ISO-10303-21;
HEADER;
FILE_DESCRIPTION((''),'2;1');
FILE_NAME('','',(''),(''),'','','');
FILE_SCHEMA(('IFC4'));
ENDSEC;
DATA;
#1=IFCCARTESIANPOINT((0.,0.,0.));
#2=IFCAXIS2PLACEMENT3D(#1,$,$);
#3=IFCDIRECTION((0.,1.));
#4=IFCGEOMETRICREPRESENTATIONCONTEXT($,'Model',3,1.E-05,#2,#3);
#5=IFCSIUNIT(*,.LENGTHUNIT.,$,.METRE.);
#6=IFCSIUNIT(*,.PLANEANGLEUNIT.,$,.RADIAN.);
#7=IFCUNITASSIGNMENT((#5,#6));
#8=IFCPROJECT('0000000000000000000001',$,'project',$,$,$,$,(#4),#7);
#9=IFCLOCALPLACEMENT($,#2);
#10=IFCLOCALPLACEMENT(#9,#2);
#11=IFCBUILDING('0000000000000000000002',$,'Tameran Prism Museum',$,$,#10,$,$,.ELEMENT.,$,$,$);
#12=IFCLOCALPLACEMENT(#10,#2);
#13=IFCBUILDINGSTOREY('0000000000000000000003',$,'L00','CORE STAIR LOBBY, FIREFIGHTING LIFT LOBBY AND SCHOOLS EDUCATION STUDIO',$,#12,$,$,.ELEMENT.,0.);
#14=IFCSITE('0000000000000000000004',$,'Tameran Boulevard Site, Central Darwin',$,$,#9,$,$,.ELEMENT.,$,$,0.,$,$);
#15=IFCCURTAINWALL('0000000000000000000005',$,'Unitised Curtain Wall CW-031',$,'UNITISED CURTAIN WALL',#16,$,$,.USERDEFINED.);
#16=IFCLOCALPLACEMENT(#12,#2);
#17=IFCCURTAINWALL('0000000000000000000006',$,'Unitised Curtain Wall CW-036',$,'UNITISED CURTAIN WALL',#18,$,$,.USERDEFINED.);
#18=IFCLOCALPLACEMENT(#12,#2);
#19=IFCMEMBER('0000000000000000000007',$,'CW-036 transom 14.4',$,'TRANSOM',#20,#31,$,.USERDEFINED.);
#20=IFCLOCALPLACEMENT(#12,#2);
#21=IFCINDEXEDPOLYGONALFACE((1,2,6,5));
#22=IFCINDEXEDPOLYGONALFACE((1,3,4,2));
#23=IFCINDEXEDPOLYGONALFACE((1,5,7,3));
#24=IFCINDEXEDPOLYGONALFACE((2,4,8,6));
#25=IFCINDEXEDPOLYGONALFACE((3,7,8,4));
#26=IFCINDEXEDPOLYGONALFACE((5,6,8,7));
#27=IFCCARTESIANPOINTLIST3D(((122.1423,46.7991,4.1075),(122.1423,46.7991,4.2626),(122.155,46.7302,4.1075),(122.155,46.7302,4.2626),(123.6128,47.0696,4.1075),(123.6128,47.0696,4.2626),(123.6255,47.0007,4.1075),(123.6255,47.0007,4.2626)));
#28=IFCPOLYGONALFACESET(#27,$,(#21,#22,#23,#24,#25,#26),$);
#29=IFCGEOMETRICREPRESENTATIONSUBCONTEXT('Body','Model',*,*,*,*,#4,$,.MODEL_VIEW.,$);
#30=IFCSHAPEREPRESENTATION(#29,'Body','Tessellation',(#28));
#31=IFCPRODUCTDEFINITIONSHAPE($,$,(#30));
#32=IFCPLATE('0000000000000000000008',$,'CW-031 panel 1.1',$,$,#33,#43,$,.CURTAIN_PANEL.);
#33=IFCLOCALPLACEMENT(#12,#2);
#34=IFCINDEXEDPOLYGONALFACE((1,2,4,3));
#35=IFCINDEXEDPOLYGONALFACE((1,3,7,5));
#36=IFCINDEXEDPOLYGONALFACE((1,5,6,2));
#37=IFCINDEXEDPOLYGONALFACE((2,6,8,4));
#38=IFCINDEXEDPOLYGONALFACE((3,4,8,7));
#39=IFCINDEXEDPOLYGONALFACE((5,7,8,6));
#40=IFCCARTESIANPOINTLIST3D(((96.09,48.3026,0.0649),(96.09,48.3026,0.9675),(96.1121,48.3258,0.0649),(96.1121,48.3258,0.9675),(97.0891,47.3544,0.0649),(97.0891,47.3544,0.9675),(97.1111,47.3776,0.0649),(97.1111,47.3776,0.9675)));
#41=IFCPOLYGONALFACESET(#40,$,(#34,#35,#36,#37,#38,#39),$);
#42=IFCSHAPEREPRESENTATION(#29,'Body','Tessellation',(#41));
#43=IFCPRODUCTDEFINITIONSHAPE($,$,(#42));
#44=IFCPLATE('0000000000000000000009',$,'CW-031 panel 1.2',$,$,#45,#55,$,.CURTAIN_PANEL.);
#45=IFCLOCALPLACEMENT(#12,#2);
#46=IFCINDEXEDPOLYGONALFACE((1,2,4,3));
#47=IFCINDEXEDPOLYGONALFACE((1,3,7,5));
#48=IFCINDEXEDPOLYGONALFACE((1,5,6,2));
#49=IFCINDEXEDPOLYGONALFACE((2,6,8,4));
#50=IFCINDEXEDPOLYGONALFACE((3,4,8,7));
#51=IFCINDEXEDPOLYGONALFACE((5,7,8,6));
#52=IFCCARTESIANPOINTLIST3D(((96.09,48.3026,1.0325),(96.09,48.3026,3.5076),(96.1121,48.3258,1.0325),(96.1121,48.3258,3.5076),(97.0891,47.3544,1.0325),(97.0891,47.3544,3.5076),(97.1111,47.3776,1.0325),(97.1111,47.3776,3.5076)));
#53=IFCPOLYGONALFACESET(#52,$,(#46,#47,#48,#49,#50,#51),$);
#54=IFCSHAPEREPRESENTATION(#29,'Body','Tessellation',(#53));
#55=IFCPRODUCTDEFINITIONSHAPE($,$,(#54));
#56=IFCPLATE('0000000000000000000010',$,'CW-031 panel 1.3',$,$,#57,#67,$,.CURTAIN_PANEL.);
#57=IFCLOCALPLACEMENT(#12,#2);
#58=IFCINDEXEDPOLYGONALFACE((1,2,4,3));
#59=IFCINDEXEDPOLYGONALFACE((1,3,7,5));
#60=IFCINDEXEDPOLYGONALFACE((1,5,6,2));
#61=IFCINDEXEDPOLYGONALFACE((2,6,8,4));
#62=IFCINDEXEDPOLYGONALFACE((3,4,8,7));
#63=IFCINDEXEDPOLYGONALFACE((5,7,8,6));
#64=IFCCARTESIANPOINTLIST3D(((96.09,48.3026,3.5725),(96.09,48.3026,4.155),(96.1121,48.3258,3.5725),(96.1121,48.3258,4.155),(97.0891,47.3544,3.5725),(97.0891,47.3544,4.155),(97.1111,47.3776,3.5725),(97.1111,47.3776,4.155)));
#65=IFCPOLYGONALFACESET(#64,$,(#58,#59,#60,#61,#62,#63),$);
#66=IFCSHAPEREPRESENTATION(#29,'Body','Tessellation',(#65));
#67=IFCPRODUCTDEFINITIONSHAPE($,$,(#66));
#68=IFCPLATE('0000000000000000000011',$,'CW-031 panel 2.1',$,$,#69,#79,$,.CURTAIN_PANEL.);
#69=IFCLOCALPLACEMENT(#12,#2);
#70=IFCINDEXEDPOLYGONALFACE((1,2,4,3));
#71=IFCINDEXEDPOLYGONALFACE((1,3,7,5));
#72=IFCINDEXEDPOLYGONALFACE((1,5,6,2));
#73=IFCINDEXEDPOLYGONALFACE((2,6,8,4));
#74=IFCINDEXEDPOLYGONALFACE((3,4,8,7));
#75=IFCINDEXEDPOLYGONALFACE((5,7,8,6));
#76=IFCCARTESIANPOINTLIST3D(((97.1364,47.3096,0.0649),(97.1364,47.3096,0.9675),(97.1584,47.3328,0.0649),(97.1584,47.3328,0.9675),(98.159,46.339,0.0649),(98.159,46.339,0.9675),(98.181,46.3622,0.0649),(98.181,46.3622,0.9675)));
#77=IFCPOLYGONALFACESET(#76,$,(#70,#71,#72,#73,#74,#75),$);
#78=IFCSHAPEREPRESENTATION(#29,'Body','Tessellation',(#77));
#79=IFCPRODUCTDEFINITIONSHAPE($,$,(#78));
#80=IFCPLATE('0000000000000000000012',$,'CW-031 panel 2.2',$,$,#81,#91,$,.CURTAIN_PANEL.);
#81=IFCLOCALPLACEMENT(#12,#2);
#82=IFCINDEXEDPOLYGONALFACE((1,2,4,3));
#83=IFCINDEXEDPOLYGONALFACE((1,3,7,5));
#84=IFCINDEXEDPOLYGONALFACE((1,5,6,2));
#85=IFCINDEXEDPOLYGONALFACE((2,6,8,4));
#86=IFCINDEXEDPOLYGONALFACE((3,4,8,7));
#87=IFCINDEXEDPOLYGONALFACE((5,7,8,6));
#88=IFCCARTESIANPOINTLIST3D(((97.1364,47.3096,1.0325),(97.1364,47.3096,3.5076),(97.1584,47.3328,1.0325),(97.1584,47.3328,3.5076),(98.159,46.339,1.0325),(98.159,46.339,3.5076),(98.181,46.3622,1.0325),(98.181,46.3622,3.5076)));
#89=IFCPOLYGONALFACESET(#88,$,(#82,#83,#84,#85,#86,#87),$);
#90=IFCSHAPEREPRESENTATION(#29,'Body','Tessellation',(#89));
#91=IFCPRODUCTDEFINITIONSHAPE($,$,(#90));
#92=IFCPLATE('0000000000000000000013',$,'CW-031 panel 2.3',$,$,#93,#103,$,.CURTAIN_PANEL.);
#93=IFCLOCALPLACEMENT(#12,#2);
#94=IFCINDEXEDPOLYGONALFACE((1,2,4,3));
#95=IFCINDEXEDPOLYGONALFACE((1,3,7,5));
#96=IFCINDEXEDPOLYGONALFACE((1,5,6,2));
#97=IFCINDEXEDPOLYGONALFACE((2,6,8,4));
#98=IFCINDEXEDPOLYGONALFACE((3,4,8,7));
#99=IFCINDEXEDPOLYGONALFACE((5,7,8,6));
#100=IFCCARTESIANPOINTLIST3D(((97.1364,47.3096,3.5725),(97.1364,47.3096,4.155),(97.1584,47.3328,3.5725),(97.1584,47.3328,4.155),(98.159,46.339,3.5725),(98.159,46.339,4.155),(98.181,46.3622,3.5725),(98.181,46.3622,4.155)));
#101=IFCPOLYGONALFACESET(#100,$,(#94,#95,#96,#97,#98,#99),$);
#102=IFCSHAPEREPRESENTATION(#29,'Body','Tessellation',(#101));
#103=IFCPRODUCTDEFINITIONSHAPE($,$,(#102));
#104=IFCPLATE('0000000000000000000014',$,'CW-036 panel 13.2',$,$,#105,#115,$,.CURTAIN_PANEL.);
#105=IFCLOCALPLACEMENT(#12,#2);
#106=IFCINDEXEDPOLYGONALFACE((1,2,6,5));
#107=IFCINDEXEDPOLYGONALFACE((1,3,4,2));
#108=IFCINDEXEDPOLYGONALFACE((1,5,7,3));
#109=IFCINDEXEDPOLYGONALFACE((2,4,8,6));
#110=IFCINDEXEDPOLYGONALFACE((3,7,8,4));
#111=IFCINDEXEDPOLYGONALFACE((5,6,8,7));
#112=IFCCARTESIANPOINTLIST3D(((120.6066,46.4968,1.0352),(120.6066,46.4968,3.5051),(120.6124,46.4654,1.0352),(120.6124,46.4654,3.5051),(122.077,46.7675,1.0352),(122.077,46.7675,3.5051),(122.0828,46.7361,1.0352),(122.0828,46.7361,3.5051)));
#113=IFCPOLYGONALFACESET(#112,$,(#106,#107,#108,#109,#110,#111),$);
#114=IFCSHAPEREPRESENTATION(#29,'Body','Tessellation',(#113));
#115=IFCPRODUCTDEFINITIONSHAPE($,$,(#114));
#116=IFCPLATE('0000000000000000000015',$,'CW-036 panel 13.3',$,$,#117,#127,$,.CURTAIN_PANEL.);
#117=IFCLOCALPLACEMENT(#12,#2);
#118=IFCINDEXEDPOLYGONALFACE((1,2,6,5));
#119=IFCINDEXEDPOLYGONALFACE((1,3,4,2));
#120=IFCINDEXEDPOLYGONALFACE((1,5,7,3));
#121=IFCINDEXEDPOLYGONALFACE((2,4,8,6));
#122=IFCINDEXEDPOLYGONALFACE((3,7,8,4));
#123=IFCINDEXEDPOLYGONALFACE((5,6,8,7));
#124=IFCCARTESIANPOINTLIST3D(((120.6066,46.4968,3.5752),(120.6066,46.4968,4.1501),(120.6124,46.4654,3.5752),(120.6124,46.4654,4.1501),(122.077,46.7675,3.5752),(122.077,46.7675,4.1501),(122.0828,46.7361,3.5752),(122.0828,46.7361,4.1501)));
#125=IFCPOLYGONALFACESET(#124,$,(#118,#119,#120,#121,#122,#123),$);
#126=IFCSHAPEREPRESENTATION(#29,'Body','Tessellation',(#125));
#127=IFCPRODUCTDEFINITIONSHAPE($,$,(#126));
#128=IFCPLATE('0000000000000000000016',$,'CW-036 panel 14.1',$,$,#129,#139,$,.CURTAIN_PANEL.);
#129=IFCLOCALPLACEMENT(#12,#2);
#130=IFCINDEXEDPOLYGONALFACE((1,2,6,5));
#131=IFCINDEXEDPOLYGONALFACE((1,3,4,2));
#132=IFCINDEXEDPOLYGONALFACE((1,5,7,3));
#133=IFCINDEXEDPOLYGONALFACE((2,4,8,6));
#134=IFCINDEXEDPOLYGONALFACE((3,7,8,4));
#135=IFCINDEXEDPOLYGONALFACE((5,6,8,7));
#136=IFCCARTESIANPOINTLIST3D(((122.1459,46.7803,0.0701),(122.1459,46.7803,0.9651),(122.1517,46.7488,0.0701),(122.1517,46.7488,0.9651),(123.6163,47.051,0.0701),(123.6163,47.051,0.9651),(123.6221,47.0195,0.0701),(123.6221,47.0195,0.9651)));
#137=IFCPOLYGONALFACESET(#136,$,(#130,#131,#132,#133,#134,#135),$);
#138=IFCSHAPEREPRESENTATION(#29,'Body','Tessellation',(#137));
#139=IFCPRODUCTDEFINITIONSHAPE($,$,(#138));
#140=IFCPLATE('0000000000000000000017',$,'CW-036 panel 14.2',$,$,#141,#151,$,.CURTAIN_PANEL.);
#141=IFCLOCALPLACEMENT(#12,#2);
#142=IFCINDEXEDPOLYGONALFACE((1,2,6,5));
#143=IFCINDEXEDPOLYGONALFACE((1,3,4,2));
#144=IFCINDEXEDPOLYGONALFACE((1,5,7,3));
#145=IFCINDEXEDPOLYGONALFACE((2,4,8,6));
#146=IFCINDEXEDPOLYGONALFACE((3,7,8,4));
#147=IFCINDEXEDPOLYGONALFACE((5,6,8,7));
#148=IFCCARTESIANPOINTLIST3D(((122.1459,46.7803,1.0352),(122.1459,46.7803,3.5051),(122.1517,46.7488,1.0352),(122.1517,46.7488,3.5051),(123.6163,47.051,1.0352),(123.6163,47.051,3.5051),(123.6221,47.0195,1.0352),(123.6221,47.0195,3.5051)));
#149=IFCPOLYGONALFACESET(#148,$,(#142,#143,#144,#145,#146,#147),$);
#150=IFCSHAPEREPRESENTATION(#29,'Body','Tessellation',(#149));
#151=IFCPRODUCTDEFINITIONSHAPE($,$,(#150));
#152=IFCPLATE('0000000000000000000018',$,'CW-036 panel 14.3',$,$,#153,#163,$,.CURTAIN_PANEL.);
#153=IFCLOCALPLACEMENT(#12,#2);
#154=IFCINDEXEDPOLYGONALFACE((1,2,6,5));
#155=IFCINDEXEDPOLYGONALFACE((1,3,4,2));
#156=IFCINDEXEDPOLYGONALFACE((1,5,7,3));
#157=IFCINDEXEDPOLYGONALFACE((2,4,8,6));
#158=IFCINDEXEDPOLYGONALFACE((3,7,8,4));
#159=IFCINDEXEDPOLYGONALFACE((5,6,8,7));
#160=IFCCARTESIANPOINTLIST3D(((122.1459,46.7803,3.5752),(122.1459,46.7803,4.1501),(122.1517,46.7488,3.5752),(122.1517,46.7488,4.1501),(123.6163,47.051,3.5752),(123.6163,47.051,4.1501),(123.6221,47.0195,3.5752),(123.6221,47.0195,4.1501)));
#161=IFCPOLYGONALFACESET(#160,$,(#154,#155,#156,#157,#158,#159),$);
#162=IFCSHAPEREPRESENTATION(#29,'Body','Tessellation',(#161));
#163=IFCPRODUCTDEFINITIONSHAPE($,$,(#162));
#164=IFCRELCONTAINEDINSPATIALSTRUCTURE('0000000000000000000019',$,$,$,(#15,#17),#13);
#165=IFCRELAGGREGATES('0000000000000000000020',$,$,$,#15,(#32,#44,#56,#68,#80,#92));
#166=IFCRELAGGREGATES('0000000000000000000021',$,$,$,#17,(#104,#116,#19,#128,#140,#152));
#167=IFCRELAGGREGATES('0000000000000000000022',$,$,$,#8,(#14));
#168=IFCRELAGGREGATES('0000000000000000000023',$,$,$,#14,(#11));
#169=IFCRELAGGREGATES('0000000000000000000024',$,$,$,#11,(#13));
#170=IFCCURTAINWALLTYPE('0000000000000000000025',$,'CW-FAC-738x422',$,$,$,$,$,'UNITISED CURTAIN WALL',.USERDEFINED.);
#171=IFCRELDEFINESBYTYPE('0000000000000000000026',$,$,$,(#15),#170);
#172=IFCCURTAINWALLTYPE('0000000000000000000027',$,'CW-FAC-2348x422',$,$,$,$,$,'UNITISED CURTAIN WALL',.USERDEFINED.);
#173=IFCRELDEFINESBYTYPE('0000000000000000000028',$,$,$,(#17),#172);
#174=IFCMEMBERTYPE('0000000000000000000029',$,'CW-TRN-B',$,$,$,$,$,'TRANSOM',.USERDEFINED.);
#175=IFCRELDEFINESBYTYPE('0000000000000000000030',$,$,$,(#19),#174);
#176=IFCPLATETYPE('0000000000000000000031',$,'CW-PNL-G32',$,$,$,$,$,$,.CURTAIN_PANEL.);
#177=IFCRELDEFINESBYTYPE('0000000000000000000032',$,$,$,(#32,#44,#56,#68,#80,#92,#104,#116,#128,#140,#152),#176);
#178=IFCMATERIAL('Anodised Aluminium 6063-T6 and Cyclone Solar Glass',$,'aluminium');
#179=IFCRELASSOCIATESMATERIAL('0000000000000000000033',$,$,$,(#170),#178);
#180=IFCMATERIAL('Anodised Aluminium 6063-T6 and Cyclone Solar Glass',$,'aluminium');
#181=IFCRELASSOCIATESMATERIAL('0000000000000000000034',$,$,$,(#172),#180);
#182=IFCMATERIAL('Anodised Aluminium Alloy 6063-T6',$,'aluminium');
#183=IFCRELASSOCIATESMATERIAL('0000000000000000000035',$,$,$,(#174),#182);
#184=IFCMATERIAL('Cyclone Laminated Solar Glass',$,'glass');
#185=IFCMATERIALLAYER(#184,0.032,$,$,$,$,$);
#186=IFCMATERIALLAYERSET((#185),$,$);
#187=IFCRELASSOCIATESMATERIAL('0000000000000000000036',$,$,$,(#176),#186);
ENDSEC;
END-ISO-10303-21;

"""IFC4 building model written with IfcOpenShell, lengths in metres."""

from ifc_helpers import new_model, si_unit, direction, frame, origin, origin_2d, place, context, subcontext, project, spatial, rectangle, extrude, material, layer, layer_set, material_profile, profile_set, type_object, element, aggregate, save


model = new_model("IFC4")

# Units and contexts
model_context = context("Model", 3, precision=1e-05, world=origin(), true_north=direction((0.0, 1.0)))
body_context = subcontext(model_context, "Body", "Model", "MODEL_VIEW")
ifc_project = project(units=[si_unit("LENGTHUNIT", "METRE"), si_unit("PLANEANGLEUNIT", "RADIAN")], contexts=[model_context])

# Site, building, storey
site_placement = place(None, origin())
site = spatial("IfcSite", under=ifc_project, at=site_placement, Name="Tameran Boulevard Site, Central Darwin", CompositionType="ELEMENT", RefElevation=0.0)
building_placement = place(site_placement, origin())
building = spatial("IfcBuilding", under=site, at=building_placement, Name="Tameran Prism Museum", CompositionType="ELEMENT")
storey_placement = place(building_placement, origin())
storey = spatial("IfcBuildingStorey", under=building, at=storey_placement, Name="L00", Description="CORE STAIR LOBBY, FIREFIGHTING LIFT LOBBY AND SCHOOLS EDUCATION STUDIO", CompositionType="ELEMENT", Elevation=0.0)

# Curtain wall
ifc_material_1 = material(Name="Anodised Aluminium 6063-T6 and Cyclone Solar Glass", Category="aluminium")
curtain_wall_type_1 = type_object("IfcCurtainWallType", Name="CW-FAC-738x422", ElementType="UNITISED CURTAIN WALL", PredefinedType="USERDEFINED", material=ifc_material_1)
curtain_wall_1_placement = place(storey_placement, origin())
curtain_wall_1 = element("IfcCurtainWall", 1, at=curtain_wall_1_placement, inside=storey, type_object=curtain_wall_type_1, Name="Unitised Curtain Wall CW-031", ObjectType="UNITISED CURTAIN WALL", PredefinedType="USERDEFINED")

# Curtain wall
ifc_material_2 = material(Name="Anodised Aluminium 6063-T6 and Cyclone Solar Glass", Category="aluminium")
curtain_wall_type_2 = type_object("IfcCurtainWallType", Name="CW-FAC-2348x422", ElementType="UNITISED CURTAIN WALL", PredefinedType="USERDEFINED", material=ifc_material_2)
curtain_wall_2_placement = place(storey_placement, origin())
curtain_wall_2 = element("IfcCurtainWall", 2, at=curtain_wall_2_placement, inside=storey, type_object=curtain_wall_type_2, Name="Unitised Curtain Wall CW-036", ObjectType="UNITISED CURTAIN WALL", PredefinedType="USERDEFINED")

# Member
ifc_material_3 = material(Name="Anodised Aluminium Alloy 6063-T6", Category="aluminium")
ifc_material_profile_1 = material_profile(ifc_material_3, rectangle(XDim=0.0701, YDim=0.155, at=origin_2d()))
ifc_profile_set_1 = profile_set([ifc_material_profile_1])
member_type_1 = type_object("IfcMemberType", Name="CW-TRN-B", ElementType="TRANSOM", PredefinedType="USERDEFINED", material=ifc_profile_set_1)
member_1_placement = place(storey_placement, frame((122.1487, 46.7646, 4.1851), z_axis=(0.983497, 0.180926, 0.0), x_axis=(-0.180926, 0.983497, 0.0)))
member_1 = element("IfcMember", 3, at=member_1_placement, type_object=member_type_1, Name="CW-036 transom 14.4", ObjectType="TRANSOM", PredefinedType="USERDEFINED", context=body_context, shape_type="SweptSolid", body=[
    extrude(rectangle(XDim=0.0701, YDim=0.155, at=origin_2d()), origin(), (0.0, 0.0, 1.0), 1.4951),
])

# Plates
ifc_material_4 = material(Name="Cyclone Laminated Solar Glass", Category="glass")
ifc_layer = layer(ifc_material_4, 0.032)
ifc_layer_set = layer_set([ifc_layer])
plate_type = type_object("IfcPlateType", Name="CW-PNL-G32", PredefinedType="CURTAIN_PANEL", material=ifc_layer_set)
plate_1_placement = place(storey_placement, frame((96.6006, 47.8401, 0.0649), z_axis=(0.0, 0.0, 1.0), x_axis=(0.725307, -0.688425, 0.0)))
plate_1 = element("IfcPlate", 4, at=plate_1_placement, type_object=plate_type, Name="CW-031 panel 1.1", PredefinedType="CURTAIN_PANEL", context=body_context, shape_type="SweptSolid", body=[
    extrude(rectangle(XDim=1.3774, YDim=0.032, at=origin_2d()), origin(), (0.0, 0.0, 1.0), 0.9026),
])
plate_2_placement = place(storey_placement, frame((96.6006, 47.8401, 1.0325), z_axis=(0.0, 0.0, 1.0), x_axis=(0.725307, -0.688425, 0.0)))
plate_2 = element("IfcPlate", 5, at=plate_2_placement, type_object=plate_type, Name="CW-031 panel 1.2", PredefinedType="CURTAIN_PANEL", context=body_context, shape_type="SweptSolid", body=[
    extrude(rectangle(XDim=1.3774, YDim=0.032, at=origin_2d()), origin(), (0.0, 0.0, 1.0), 2.4751),
])
plate_3_placement = place(storey_placement, frame((96.6006, 47.8401, 3.5725), z_axis=(0.0, 0.0, 1.0), x_axis=(0.725307, -0.688425, 0.0)))
plate_3 = element("IfcPlate", 6, at=plate_3_placement, type_object=plate_type, Name="CW-031 panel 1.3", PredefinedType="CURTAIN_PANEL", context=body_context, shape_type="SweptSolid", body=[
    extrude(rectangle(XDim=1.3774, YDim=0.032, at=origin_2d()), origin(), (0.0, 0.0, 1.0), 0.5825),
])
plate_4_placement = place(storey_placement, frame((97.6587, 46.8359, 0.0649), z_axis=(0.0, 0.0, 1.0), x_axis=(0.725307, -0.688425, 0.0)))
plate_4 = element("IfcPlate", 7, at=plate_4_placement, type_object=plate_type, Name="CW-031 panel 2.1", PredefinedType="CURTAIN_PANEL", context=body_context, shape_type="SweptSolid", body=[
    extrude(rectangle(XDim=1.4099, YDim=0.032, at=origin_2d()), origin(), (0.0, 0.0, 1.0), 0.9026),
])
plate_5_placement = place(storey_placement, frame((97.6587, 46.8359, 1.0325), z_axis=(0.0, 0.0, 1.0), x_axis=(0.725307, -0.688425, 0.0)))
plate_5 = element("IfcPlate", 8, at=plate_5_placement, type_object=plate_type, Name="CW-031 panel 2.2", PredefinedType="CURTAIN_PANEL", context=body_context, shape_type="SweptSolid", body=[
    extrude(rectangle(XDim=1.4099, YDim=0.032, at=origin_2d()), origin(), (0.0, 0.0, 1.0), 2.4751),
])
plate_6_placement = place(storey_placement, frame((97.6587, 46.8359, 3.5725), z_axis=(0.0, 0.0, 1.0), x_axis=(0.725307, -0.688425, 0.0)))
plate_6 = element("IfcPlate", 9, at=plate_6_placement, type_object=plate_type, Name="CW-031 panel 2.3", PredefinedType="CURTAIN_PANEL", context=body_context, shape_type="SweptSolid", body=[
    extrude(rectangle(XDim=1.4099, YDim=0.032, at=origin_2d()), origin(), (0.0, 0.0, 1.0), 0.5825),
])
aggregate(curtain_wall_1, [plate_1, plate_2, plate_3, plate_4, plate_5, plate_6])
plate_7_placement = place(storey_placement, frame((121.3447, 46.6165, 1.0352), z_axis=(0.0, 0.0, 1.0), x_axis=(0.983472, 0.181063, 0.0)))
plate_7 = element("IfcPlate", 10, at=plate_7_placement, type_object=plate_type, Name="CW-036 panel 13.2", PredefinedType="CURTAIN_PANEL", context=body_context, shape_type="SweptSolid", body=[
    extrude(rectangle(XDim=1.4951, YDim=0.032, at=origin_2d()), origin(), (0.0, 0.0, 1.0), 2.47),
])
plate_8_placement = place(storey_placement, frame((121.3447, 46.6165, 3.5752), z_axis=(0.0, 0.0, 1.0), x_axis=(0.983472, 0.181063, 0.0)))
plate_8 = element("IfcPlate", 11, at=plate_8_placement, type_object=plate_type, Name="CW-036 panel 13.3", PredefinedType="CURTAIN_PANEL", context=body_context, shape_type="SweptSolid", body=[
    extrude(rectangle(XDim=1.4951, YDim=0.032, at=origin_2d()), origin(), (0.0, 0.0, 1.0), 0.575),
])
plate_9_placement = place(storey_placement, frame((122.884, 46.8999, 0.0701), z_axis=(0.0, 0.0, 1.0), x_axis=(0.983472, 0.181063, 0.0)))
plate_9 = element("IfcPlate", 12, at=plate_9_placement, type_object=plate_type, Name="CW-036 panel 14.1", PredefinedType="CURTAIN_PANEL", context=body_context, shape_type="SweptSolid", body=[
    extrude(rectangle(XDim=1.4951, YDim=0.032, at=origin_2d()), origin(), (0.0, 0.0, 1.0), 0.895),
])
plate_10_placement = place(storey_placement, frame((122.884, 46.8999, 1.0352), z_axis=(0.0, 0.0, 1.0), x_axis=(0.983472, 0.181063, 0.0)))
plate_10 = element("IfcPlate", 13, at=plate_10_placement, type_object=plate_type, Name="CW-036 panel 14.2", PredefinedType="CURTAIN_PANEL", context=body_context, shape_type="SweptSolid", body=[
    extrude(rectangle(XDim=1.4951, YDim=0.032, at=origin_2d()), origin(), (0.0, 0.0, 1.0), 2.47),
])
plate_11_placement = place(storey_placement, frame((122.884, 46.8999, 3.5752), z_axis=(0.0, 0.0, 1.0), x_axis=(0.983472, 0.181063, 0.0)))
plate_11 = element("IfcPlate", 14, at=plate_11_placement, type_object=plate_type, Name="CW-036 panel 14.3", PredefinedType="CURTAIN_PANEL", context=body_context, shape_type="SweptSolid", body=[
    extrude(rectangle(XDim=1.4951, YDim=0.032, at=origin_2d()), origin(), (0.0, 0.0, 1.0), 0.575),
])
aggregate(curtain_wall_2, [plate_7, plate_8, member_1, plate_9, plate_10, plate_11])

save(model, "model.ifc")
